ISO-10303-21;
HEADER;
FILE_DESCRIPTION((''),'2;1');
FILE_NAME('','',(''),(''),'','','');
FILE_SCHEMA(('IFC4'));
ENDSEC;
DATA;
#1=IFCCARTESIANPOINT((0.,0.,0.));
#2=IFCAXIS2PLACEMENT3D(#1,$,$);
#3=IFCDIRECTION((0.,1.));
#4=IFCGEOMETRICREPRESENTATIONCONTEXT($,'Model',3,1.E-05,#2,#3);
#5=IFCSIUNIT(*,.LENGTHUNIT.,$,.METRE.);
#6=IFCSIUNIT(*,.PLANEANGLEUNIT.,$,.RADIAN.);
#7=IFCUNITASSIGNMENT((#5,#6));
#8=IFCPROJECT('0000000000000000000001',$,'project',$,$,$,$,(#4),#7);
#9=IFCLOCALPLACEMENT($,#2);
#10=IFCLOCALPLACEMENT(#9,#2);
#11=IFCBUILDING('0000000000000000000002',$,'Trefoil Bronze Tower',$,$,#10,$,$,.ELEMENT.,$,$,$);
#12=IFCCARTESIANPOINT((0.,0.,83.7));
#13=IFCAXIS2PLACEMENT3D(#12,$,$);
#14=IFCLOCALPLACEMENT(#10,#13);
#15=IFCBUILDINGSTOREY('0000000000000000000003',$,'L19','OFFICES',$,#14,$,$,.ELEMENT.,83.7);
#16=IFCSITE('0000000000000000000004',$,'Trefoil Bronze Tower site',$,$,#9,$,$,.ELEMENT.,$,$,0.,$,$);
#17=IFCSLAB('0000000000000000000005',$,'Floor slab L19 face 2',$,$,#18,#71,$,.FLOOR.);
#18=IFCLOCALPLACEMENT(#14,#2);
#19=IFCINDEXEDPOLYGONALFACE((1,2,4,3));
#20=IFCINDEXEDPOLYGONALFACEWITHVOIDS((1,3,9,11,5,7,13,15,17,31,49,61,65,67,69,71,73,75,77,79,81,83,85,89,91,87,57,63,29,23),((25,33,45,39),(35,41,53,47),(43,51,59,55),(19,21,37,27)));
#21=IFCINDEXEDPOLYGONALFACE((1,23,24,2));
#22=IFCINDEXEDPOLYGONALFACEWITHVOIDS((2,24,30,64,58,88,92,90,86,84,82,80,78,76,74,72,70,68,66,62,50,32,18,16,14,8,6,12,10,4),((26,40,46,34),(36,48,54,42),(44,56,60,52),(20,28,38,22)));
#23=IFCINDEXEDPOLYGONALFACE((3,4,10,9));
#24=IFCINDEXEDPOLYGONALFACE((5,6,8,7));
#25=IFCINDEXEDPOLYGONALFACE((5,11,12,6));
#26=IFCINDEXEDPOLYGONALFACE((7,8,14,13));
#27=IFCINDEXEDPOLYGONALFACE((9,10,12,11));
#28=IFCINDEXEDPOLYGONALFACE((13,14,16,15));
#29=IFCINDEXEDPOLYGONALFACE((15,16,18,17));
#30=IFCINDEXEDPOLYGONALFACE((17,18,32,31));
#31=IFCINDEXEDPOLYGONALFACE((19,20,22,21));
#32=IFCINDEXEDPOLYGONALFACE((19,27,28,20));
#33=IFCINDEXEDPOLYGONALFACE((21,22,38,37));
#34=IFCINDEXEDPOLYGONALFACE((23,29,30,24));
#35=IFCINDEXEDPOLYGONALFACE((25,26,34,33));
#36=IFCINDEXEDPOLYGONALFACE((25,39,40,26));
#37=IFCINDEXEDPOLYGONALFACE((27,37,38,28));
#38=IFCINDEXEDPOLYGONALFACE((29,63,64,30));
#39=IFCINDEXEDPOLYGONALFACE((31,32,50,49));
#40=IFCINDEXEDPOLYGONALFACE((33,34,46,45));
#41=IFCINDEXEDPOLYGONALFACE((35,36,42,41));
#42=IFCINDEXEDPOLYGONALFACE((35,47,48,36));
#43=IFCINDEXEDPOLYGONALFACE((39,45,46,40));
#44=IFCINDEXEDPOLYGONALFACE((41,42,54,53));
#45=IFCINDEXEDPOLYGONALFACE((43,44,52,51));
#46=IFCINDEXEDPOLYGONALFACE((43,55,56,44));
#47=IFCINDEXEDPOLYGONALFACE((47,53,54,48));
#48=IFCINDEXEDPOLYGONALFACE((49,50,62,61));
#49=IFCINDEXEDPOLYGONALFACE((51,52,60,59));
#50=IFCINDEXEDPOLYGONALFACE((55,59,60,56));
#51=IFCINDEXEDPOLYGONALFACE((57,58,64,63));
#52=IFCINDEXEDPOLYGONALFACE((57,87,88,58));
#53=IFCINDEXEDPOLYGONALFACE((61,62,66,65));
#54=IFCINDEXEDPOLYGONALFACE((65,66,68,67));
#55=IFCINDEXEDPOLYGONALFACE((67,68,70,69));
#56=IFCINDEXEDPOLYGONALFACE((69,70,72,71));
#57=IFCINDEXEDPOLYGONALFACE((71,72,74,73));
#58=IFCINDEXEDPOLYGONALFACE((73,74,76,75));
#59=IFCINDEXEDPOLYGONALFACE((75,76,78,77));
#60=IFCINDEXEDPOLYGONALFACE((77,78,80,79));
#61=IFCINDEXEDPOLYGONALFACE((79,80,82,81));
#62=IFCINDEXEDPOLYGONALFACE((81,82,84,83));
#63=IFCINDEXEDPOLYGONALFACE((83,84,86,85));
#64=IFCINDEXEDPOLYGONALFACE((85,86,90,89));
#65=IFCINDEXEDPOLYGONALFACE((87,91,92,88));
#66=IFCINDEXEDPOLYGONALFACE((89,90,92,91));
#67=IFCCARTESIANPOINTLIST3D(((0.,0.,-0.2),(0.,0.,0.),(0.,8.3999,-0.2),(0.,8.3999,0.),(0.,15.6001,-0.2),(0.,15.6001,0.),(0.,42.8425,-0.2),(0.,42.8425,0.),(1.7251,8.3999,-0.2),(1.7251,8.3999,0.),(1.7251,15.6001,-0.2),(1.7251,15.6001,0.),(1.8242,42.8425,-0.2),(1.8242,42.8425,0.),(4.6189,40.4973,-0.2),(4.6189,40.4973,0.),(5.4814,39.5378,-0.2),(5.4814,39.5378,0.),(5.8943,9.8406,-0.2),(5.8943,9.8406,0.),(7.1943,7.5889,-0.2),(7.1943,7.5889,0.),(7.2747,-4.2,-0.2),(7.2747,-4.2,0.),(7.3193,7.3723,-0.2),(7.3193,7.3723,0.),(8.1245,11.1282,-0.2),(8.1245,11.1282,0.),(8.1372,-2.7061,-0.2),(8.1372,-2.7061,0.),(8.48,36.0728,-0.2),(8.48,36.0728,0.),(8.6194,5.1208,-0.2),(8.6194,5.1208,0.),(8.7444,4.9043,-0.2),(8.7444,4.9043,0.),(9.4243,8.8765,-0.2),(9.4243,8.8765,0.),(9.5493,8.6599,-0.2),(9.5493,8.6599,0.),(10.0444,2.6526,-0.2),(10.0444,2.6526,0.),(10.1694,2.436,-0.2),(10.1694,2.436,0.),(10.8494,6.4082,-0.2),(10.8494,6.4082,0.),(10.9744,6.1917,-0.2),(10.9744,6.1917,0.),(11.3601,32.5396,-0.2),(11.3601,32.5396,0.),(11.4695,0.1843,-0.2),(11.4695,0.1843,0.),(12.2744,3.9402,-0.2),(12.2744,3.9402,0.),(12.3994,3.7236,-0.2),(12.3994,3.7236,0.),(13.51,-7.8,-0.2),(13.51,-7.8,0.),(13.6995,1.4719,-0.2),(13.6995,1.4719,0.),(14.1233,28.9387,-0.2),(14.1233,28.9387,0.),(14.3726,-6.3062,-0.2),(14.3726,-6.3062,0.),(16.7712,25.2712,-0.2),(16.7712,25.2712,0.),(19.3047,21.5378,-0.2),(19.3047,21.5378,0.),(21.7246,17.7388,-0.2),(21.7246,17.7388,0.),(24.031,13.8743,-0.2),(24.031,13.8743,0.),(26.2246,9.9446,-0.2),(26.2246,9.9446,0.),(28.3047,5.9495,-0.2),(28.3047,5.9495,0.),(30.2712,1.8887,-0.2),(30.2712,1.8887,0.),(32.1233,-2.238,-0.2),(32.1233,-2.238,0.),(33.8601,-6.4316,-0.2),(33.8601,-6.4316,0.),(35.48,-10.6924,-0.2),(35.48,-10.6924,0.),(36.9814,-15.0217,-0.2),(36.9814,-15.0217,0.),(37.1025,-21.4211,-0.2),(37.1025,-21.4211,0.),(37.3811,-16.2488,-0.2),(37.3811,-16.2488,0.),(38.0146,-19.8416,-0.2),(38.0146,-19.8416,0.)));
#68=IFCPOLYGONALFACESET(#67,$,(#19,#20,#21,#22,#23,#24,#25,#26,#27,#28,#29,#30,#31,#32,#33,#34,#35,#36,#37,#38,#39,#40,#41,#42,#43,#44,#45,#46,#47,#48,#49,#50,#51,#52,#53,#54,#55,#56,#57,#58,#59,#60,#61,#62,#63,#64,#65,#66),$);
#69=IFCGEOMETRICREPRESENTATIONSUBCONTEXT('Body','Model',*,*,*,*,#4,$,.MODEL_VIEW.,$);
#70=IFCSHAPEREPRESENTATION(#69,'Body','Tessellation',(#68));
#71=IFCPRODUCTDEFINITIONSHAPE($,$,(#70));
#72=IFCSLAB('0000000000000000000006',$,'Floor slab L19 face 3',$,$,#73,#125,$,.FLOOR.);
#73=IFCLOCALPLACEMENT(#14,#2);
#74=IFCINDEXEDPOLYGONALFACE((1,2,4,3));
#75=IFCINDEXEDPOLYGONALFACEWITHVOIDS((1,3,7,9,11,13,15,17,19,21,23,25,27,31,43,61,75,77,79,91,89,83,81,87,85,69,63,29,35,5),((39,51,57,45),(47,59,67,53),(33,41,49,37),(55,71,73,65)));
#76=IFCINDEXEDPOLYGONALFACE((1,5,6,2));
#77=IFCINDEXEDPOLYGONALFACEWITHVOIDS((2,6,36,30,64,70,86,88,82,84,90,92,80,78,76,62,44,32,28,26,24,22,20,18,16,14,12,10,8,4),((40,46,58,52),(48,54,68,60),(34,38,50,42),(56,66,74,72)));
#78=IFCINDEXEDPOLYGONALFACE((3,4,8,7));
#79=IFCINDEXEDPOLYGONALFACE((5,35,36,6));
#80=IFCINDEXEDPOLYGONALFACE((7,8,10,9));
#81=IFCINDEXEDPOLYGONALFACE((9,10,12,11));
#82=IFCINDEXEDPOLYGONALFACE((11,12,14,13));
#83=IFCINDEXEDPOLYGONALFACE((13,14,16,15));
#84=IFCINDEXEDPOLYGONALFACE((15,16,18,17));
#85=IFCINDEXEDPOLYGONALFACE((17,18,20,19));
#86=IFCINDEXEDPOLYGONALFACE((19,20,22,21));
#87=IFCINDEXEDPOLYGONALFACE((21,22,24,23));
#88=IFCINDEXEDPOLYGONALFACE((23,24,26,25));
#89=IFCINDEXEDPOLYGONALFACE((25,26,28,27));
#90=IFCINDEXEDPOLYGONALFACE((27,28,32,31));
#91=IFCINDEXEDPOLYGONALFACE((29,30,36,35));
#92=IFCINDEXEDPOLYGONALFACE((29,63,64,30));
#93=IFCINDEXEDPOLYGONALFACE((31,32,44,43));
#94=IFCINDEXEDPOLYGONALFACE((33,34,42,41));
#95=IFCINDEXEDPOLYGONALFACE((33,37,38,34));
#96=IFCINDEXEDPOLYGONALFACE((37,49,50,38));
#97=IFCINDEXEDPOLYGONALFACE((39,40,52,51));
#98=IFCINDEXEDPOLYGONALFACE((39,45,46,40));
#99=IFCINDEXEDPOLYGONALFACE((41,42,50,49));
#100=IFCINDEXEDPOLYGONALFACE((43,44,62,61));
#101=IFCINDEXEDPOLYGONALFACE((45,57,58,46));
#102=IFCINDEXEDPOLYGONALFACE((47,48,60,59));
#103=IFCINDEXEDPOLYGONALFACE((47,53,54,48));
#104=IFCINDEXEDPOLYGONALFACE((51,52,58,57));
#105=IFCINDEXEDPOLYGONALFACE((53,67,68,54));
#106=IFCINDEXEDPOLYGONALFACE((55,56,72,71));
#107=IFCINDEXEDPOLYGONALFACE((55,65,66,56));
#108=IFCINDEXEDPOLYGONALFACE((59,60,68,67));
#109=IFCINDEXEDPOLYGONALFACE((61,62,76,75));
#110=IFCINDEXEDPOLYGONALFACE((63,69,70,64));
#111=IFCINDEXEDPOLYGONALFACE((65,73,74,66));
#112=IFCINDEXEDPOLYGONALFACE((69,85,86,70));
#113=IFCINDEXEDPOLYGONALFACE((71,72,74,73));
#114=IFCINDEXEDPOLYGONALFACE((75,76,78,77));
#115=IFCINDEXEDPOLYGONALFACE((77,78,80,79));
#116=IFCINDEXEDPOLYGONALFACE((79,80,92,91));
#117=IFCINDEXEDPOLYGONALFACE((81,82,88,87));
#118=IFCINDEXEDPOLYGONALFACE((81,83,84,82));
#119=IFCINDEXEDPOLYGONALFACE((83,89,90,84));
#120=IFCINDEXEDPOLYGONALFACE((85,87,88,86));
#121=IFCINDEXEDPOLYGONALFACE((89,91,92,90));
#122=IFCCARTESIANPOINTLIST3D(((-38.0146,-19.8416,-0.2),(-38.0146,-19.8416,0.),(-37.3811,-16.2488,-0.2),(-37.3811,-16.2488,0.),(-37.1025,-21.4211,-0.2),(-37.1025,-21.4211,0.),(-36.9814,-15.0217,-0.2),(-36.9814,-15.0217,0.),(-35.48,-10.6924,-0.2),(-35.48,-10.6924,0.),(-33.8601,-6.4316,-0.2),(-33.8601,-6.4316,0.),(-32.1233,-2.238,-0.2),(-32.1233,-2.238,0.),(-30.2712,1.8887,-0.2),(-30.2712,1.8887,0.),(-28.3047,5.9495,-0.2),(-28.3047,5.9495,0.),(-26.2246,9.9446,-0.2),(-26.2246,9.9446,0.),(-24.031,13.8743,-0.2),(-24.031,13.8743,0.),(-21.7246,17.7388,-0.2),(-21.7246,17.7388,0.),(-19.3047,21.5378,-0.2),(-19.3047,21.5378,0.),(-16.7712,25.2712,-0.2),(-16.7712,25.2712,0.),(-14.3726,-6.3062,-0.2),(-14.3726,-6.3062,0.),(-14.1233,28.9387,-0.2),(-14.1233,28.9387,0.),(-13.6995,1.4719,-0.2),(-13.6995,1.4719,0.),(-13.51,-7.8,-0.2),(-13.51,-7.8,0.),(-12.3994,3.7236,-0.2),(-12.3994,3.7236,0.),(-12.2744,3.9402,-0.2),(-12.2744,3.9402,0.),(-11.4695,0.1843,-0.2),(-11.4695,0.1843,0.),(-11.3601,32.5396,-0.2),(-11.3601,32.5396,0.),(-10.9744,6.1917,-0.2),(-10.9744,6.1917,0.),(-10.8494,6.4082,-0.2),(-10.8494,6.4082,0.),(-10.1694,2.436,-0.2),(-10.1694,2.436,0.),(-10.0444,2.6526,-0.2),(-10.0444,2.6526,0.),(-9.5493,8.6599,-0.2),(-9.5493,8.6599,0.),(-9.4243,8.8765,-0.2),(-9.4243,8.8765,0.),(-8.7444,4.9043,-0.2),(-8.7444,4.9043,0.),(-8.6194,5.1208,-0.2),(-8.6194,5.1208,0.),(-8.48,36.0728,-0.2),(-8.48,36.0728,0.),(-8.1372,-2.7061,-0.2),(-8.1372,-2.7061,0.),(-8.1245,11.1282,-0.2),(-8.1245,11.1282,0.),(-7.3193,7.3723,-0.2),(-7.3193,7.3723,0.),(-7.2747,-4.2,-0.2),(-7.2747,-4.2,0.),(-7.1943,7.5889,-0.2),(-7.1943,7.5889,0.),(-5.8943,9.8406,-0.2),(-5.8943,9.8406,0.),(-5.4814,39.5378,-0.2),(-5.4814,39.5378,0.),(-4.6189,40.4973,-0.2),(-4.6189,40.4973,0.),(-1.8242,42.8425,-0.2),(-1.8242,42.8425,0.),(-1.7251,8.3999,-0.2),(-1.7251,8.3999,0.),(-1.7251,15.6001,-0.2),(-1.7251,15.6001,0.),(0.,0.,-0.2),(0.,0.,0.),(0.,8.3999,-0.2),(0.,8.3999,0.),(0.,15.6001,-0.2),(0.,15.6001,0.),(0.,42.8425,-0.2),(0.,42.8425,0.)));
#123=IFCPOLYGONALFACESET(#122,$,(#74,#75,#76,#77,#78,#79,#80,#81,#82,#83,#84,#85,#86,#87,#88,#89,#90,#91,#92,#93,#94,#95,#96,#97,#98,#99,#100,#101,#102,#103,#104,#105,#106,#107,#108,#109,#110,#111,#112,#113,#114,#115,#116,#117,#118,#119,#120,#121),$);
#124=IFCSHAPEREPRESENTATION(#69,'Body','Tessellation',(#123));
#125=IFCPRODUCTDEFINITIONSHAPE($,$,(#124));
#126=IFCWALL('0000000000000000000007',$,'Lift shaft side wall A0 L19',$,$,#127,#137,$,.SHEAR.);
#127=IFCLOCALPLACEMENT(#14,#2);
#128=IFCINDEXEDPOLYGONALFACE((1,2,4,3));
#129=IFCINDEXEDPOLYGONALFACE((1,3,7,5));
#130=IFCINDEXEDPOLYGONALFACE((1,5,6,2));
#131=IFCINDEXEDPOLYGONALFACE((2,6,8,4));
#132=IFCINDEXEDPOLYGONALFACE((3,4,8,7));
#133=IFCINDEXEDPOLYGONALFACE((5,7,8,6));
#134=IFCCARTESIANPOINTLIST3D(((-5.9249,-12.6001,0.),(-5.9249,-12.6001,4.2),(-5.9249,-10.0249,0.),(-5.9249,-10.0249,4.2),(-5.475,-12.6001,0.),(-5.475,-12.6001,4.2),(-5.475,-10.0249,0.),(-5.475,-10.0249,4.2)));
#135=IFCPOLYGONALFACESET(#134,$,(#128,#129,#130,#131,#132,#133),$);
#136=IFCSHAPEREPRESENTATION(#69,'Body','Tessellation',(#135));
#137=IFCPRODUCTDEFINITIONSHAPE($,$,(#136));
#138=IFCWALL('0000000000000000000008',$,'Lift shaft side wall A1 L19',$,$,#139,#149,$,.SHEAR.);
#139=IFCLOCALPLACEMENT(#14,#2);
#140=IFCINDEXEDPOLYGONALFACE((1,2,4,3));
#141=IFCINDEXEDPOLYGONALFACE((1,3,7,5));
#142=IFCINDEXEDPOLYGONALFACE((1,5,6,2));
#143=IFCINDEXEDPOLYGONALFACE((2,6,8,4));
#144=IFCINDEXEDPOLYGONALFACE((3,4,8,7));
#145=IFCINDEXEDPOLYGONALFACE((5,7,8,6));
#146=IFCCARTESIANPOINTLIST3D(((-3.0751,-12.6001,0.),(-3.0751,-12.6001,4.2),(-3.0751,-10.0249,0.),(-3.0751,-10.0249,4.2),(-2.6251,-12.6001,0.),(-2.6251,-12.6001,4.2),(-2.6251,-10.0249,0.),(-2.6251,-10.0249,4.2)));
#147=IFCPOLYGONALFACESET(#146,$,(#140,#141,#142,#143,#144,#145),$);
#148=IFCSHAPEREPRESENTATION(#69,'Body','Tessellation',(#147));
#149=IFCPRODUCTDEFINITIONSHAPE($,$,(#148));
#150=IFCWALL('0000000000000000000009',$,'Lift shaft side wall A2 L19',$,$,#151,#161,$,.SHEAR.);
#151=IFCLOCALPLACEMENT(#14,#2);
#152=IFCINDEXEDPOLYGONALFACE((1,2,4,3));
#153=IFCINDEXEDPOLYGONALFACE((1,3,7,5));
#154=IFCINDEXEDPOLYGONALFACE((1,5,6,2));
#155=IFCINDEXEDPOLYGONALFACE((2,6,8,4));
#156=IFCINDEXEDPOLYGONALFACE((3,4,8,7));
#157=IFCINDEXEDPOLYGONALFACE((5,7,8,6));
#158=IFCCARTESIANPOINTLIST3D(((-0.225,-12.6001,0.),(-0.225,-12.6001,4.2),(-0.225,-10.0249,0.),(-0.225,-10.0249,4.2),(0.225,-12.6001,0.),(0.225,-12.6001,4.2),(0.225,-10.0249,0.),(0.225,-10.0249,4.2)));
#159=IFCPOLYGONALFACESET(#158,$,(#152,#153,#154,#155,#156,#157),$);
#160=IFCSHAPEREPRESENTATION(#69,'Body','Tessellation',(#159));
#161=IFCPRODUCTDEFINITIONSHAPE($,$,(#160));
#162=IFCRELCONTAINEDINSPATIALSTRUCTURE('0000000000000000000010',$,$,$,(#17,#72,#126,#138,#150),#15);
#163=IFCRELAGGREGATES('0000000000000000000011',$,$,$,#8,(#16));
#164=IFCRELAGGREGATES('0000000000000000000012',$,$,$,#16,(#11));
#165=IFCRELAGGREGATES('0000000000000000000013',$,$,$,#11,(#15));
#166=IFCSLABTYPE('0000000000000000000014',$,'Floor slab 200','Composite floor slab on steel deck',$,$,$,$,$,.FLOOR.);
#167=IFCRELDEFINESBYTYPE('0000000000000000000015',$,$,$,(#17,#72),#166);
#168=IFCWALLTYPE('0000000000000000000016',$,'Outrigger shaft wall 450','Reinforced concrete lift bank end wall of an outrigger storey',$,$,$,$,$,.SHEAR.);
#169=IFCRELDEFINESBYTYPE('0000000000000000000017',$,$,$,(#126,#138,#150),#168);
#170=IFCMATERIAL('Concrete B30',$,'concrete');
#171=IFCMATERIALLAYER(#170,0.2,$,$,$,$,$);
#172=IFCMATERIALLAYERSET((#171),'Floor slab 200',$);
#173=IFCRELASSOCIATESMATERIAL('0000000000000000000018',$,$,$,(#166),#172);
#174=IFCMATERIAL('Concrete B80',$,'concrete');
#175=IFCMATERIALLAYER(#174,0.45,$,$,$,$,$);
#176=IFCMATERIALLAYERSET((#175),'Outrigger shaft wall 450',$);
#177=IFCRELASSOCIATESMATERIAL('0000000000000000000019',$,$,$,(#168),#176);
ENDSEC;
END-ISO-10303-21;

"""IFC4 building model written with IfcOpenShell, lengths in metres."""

from ifc_helpers import new_model, si_unit, direction, frame, frame_2d, origin, place, context, subcontext, project, spatial, polyline, rectangle, outline, extrude, material, layer, layer_set, type_object, element, save


model = new_model("IFC4")

# Units and contexts
model_context = context("Model", 3, precision=1e-05, world=origin(), true_north=direction((0.0, 1.0)))
body_context = subcontext(model_context, "Body", "Model", "MODEL_VIEW")
ifc_project = project(units=[si_unit("LENGTHUNIT", "METRE"), si_unit("PLANEANGLEUNIT", "RADIAN")], contexts=[model_context])

# Site, building, storey
site_placement = place(None, origin())
site = spatial("IfcSite", under=ifc_project, at=site_placement, Name="Trefoil Bronze Tower site", CompositionType="ELEMENT", RefElevation=0.0)
building_placement = place(site_placement, origin())
building = spatial("IfcBuilding", under=site, at=building_placement, Name="Trefoil Bronze Tower", CompositionType="ELEMENT")
storey_placement = place(building_placement, frame((0.0, 0.0, 83.7)))
storey = spatial("IfcBuildingStorey", under=building, at=storey_placement, Name="L19", Description="OFFICES", CompositionType="ELEMENT", Elevation=83.7)

# Slabs
ifc_material_1 = material(Name="Concrete B30", Category="concrete")
ifc_layer_1 = layer(ifc_material_1, 0.2)
ifc_layer_set_1 = layer_set([ifc_layer_1], Name="Floor slab 200")
slab_type = type_object("IfcSlabType", Name="Floor slab 200", Description="Composite floor slab on steel deck", PredefinedType="FLOOR", material=ifc_layer_set_1)
slab_1_placement = place(storey_placement, frame((0.0, 0.0, -0.2)))
element("IfcSlab", 1, at=slab_1_placement, inside=storey, type_object=slab_type, Name="Floor slab L19 face 2", PredefinedType="FLOOR", context=body_context, shape_type="SweptSolid", body=[
    extrude(outline(polyline([(8.48, 36.0728), (11.3601, 32.5396), (14.1233, 28.9387), (16.7712, 25.2712), (19.3047, 21.5378), (21.7246, 17.7388), (24.031, 13.8743), (26.2246, 9.9446), (28.3047, 5.9495), (30.2712, 1.8887), (32.1233, -2.238), (33.8601, -6.4316), (35.48, -10.6924), (36.9814, -15.0217), (37.3811, -16.2488), (38.0146, -19.8416), (37.1025, -21.4211), (13.51, -7.8), (14.3726, -6.3062), (8.1372, -2.7061), (7.2747, -4.2), (0.0, 0.0), (0.0, 8.3999), (1.7251, 8.3999), (1.7251, 15.6001), (0.0, 15.6001), (0.0, 42.8425), (1.8242, 42.8425), (4.6189, 40.4973), (5.4814, 39.5378), (8.48, 36.0728)]), holes=[polyline([(11.4695, 0.1843), (10.1694, 2.436), (12.3994, 3.7236), (13.6995, 1.4719), (11.4695, 0.1843)]), polyline([(10.0444, 2.6526), (8.7444, 4.9043), (10.9744, 6.1917), (12.2744, 3.9402), (10.0444, 2.6526)]), polyline([(8.6194, 5.1208), (7.3193, 7.3723), (9.5493, 8.6599), (10.8494, 6.4082), (8.6194, 5.1208)]), polyline([(7.1943, 7.5889), (5.8943, 9.8406), (8.1245, 11.1282), (9.4243, 8.8765), (7.1943, 7.5889)])]), origin(), (0.0, 0.0, 1.0), 0.2),
])
slab_2_placement = place(storey_placement, frame((0.0, 0.0, -0.2)))
element("IfcSlab", 2, at=slab_2_placement, inside=storey, type_object=slab_type, Name="Floor slab L19 face 3", PredefinedType="FLOOR", context=body_context, shape_type="SweptSolid", body=[
    extrude(outline(polyline([(-35.48, -10.6924), (-33.8601, -6.4316), (-32.1233, -2.238), (-30.2712, 1.8887), (-28.3047, 5.9495), (-26.2246, 9.9446), (-24.031, 13.8743), (-21.7246, 17.7388), (-19.3047, 21.5378), (-16.7712, 25.2712), (-14.1233, 28.9387), (-11.3601, 32.5396), (-8.48, 36.0728), (-5.4814, 39.5378), (-4.6189, 40.4973), (-1.8242, 42.8425), (0.0, 42.8425), (0.0, 15.6001), (-1.7251, 15.6001), (-1.7251, 8.3999), (0.0, 8.3999), (0.0, 0.0), (-7.2747, -4.2), (-8.1372, -2.7061), (-14.3726, -6.3062), (-13.51, -7.8), (-37.1025, -21.4211), (-38.0146, -19.8416), (-37.3811, -16.2488), (-36.9814, -15.0217), (-35.48, -10.6924)]), holes=[polyline([(-5.8943, 9.8406), (-7.1943, 7.5889), (-9.4243, 8.8765), (-8.1245, 11.1282), (-5.8943, 9.8406)]), polyline([(-7.3193, 7.3723), (-8.6194, 5.1208), (-10.8494, 6.4082), (-9.5493, 8.6599), (-7.3193, 7.3723)]), polyline([(-8.7444, 4.9043), (-10.0444, 2.6526), (-12.2744, 3.9402), (-10.9744, 6.1917), (-8.7444, 4.9043)]), polyline([(-10.1694, 2.436), (-11.4695, 0.1843), (-13.6995, 1.4719), (-12.3994, 3.7236), (-10.1694, 2.436)])]), origin(), (0.0, 0.0, 1.0), 0.2),
])

# Walls
ifc_material_2 = material(Name="Concrete B80", Category="concrete")
ifc_layer_2 = layer(ifc_material_2, 0.45)
ifc_layer_set_2 = layer_set([ifc_layer_2], Name="Outrigger shaft wall 450")
wall_type_1 = type_object("IfcWallType", Name="Outrigger shaft wall 450", Description="Reinforced concrete lift bank end wall of an outrigger storey", PredefinedType="SHEAR", material=ifc_layer_set_2)
for number, where, z_axis, x_axis, name in (
    (3, (-5.7, -10.0249, 0.0), (0.0, 0.0, 1.0), (0.0, -1.0, 0.0), "Lift shaft side wall A0 L19"),
    (4, (-2.8501, -10.0249, 0.0), (0.0, 0.0, 1.0), (0.0, -1.0, 0.0), "Lift shaft side wall A1 L19"),
    (5, (0.0, -10.0249, 0.0), (0.0, 0.0, 1.0), (0.0, -1.0, 0.0), "Lift shaft side wall A2 L19"),
):
    element("IfcWall", number, at=place(storey_placement, frame(where, z_axis=z_axis, x_axis=x_axis)), inside=storey, type_object=wall_type_1, Name=name, PredefinedType="SHEAR", context=body_context, shape_type="SweptSolid", body=[
        extrude(rectangle(XDim=2.5752, YDim=0.45, at=frame_2d((1.2876, 0.0))), origin(), (0.0, 0.0, 1.0), 4.2),
    ])

save(model, "model.ifc")
